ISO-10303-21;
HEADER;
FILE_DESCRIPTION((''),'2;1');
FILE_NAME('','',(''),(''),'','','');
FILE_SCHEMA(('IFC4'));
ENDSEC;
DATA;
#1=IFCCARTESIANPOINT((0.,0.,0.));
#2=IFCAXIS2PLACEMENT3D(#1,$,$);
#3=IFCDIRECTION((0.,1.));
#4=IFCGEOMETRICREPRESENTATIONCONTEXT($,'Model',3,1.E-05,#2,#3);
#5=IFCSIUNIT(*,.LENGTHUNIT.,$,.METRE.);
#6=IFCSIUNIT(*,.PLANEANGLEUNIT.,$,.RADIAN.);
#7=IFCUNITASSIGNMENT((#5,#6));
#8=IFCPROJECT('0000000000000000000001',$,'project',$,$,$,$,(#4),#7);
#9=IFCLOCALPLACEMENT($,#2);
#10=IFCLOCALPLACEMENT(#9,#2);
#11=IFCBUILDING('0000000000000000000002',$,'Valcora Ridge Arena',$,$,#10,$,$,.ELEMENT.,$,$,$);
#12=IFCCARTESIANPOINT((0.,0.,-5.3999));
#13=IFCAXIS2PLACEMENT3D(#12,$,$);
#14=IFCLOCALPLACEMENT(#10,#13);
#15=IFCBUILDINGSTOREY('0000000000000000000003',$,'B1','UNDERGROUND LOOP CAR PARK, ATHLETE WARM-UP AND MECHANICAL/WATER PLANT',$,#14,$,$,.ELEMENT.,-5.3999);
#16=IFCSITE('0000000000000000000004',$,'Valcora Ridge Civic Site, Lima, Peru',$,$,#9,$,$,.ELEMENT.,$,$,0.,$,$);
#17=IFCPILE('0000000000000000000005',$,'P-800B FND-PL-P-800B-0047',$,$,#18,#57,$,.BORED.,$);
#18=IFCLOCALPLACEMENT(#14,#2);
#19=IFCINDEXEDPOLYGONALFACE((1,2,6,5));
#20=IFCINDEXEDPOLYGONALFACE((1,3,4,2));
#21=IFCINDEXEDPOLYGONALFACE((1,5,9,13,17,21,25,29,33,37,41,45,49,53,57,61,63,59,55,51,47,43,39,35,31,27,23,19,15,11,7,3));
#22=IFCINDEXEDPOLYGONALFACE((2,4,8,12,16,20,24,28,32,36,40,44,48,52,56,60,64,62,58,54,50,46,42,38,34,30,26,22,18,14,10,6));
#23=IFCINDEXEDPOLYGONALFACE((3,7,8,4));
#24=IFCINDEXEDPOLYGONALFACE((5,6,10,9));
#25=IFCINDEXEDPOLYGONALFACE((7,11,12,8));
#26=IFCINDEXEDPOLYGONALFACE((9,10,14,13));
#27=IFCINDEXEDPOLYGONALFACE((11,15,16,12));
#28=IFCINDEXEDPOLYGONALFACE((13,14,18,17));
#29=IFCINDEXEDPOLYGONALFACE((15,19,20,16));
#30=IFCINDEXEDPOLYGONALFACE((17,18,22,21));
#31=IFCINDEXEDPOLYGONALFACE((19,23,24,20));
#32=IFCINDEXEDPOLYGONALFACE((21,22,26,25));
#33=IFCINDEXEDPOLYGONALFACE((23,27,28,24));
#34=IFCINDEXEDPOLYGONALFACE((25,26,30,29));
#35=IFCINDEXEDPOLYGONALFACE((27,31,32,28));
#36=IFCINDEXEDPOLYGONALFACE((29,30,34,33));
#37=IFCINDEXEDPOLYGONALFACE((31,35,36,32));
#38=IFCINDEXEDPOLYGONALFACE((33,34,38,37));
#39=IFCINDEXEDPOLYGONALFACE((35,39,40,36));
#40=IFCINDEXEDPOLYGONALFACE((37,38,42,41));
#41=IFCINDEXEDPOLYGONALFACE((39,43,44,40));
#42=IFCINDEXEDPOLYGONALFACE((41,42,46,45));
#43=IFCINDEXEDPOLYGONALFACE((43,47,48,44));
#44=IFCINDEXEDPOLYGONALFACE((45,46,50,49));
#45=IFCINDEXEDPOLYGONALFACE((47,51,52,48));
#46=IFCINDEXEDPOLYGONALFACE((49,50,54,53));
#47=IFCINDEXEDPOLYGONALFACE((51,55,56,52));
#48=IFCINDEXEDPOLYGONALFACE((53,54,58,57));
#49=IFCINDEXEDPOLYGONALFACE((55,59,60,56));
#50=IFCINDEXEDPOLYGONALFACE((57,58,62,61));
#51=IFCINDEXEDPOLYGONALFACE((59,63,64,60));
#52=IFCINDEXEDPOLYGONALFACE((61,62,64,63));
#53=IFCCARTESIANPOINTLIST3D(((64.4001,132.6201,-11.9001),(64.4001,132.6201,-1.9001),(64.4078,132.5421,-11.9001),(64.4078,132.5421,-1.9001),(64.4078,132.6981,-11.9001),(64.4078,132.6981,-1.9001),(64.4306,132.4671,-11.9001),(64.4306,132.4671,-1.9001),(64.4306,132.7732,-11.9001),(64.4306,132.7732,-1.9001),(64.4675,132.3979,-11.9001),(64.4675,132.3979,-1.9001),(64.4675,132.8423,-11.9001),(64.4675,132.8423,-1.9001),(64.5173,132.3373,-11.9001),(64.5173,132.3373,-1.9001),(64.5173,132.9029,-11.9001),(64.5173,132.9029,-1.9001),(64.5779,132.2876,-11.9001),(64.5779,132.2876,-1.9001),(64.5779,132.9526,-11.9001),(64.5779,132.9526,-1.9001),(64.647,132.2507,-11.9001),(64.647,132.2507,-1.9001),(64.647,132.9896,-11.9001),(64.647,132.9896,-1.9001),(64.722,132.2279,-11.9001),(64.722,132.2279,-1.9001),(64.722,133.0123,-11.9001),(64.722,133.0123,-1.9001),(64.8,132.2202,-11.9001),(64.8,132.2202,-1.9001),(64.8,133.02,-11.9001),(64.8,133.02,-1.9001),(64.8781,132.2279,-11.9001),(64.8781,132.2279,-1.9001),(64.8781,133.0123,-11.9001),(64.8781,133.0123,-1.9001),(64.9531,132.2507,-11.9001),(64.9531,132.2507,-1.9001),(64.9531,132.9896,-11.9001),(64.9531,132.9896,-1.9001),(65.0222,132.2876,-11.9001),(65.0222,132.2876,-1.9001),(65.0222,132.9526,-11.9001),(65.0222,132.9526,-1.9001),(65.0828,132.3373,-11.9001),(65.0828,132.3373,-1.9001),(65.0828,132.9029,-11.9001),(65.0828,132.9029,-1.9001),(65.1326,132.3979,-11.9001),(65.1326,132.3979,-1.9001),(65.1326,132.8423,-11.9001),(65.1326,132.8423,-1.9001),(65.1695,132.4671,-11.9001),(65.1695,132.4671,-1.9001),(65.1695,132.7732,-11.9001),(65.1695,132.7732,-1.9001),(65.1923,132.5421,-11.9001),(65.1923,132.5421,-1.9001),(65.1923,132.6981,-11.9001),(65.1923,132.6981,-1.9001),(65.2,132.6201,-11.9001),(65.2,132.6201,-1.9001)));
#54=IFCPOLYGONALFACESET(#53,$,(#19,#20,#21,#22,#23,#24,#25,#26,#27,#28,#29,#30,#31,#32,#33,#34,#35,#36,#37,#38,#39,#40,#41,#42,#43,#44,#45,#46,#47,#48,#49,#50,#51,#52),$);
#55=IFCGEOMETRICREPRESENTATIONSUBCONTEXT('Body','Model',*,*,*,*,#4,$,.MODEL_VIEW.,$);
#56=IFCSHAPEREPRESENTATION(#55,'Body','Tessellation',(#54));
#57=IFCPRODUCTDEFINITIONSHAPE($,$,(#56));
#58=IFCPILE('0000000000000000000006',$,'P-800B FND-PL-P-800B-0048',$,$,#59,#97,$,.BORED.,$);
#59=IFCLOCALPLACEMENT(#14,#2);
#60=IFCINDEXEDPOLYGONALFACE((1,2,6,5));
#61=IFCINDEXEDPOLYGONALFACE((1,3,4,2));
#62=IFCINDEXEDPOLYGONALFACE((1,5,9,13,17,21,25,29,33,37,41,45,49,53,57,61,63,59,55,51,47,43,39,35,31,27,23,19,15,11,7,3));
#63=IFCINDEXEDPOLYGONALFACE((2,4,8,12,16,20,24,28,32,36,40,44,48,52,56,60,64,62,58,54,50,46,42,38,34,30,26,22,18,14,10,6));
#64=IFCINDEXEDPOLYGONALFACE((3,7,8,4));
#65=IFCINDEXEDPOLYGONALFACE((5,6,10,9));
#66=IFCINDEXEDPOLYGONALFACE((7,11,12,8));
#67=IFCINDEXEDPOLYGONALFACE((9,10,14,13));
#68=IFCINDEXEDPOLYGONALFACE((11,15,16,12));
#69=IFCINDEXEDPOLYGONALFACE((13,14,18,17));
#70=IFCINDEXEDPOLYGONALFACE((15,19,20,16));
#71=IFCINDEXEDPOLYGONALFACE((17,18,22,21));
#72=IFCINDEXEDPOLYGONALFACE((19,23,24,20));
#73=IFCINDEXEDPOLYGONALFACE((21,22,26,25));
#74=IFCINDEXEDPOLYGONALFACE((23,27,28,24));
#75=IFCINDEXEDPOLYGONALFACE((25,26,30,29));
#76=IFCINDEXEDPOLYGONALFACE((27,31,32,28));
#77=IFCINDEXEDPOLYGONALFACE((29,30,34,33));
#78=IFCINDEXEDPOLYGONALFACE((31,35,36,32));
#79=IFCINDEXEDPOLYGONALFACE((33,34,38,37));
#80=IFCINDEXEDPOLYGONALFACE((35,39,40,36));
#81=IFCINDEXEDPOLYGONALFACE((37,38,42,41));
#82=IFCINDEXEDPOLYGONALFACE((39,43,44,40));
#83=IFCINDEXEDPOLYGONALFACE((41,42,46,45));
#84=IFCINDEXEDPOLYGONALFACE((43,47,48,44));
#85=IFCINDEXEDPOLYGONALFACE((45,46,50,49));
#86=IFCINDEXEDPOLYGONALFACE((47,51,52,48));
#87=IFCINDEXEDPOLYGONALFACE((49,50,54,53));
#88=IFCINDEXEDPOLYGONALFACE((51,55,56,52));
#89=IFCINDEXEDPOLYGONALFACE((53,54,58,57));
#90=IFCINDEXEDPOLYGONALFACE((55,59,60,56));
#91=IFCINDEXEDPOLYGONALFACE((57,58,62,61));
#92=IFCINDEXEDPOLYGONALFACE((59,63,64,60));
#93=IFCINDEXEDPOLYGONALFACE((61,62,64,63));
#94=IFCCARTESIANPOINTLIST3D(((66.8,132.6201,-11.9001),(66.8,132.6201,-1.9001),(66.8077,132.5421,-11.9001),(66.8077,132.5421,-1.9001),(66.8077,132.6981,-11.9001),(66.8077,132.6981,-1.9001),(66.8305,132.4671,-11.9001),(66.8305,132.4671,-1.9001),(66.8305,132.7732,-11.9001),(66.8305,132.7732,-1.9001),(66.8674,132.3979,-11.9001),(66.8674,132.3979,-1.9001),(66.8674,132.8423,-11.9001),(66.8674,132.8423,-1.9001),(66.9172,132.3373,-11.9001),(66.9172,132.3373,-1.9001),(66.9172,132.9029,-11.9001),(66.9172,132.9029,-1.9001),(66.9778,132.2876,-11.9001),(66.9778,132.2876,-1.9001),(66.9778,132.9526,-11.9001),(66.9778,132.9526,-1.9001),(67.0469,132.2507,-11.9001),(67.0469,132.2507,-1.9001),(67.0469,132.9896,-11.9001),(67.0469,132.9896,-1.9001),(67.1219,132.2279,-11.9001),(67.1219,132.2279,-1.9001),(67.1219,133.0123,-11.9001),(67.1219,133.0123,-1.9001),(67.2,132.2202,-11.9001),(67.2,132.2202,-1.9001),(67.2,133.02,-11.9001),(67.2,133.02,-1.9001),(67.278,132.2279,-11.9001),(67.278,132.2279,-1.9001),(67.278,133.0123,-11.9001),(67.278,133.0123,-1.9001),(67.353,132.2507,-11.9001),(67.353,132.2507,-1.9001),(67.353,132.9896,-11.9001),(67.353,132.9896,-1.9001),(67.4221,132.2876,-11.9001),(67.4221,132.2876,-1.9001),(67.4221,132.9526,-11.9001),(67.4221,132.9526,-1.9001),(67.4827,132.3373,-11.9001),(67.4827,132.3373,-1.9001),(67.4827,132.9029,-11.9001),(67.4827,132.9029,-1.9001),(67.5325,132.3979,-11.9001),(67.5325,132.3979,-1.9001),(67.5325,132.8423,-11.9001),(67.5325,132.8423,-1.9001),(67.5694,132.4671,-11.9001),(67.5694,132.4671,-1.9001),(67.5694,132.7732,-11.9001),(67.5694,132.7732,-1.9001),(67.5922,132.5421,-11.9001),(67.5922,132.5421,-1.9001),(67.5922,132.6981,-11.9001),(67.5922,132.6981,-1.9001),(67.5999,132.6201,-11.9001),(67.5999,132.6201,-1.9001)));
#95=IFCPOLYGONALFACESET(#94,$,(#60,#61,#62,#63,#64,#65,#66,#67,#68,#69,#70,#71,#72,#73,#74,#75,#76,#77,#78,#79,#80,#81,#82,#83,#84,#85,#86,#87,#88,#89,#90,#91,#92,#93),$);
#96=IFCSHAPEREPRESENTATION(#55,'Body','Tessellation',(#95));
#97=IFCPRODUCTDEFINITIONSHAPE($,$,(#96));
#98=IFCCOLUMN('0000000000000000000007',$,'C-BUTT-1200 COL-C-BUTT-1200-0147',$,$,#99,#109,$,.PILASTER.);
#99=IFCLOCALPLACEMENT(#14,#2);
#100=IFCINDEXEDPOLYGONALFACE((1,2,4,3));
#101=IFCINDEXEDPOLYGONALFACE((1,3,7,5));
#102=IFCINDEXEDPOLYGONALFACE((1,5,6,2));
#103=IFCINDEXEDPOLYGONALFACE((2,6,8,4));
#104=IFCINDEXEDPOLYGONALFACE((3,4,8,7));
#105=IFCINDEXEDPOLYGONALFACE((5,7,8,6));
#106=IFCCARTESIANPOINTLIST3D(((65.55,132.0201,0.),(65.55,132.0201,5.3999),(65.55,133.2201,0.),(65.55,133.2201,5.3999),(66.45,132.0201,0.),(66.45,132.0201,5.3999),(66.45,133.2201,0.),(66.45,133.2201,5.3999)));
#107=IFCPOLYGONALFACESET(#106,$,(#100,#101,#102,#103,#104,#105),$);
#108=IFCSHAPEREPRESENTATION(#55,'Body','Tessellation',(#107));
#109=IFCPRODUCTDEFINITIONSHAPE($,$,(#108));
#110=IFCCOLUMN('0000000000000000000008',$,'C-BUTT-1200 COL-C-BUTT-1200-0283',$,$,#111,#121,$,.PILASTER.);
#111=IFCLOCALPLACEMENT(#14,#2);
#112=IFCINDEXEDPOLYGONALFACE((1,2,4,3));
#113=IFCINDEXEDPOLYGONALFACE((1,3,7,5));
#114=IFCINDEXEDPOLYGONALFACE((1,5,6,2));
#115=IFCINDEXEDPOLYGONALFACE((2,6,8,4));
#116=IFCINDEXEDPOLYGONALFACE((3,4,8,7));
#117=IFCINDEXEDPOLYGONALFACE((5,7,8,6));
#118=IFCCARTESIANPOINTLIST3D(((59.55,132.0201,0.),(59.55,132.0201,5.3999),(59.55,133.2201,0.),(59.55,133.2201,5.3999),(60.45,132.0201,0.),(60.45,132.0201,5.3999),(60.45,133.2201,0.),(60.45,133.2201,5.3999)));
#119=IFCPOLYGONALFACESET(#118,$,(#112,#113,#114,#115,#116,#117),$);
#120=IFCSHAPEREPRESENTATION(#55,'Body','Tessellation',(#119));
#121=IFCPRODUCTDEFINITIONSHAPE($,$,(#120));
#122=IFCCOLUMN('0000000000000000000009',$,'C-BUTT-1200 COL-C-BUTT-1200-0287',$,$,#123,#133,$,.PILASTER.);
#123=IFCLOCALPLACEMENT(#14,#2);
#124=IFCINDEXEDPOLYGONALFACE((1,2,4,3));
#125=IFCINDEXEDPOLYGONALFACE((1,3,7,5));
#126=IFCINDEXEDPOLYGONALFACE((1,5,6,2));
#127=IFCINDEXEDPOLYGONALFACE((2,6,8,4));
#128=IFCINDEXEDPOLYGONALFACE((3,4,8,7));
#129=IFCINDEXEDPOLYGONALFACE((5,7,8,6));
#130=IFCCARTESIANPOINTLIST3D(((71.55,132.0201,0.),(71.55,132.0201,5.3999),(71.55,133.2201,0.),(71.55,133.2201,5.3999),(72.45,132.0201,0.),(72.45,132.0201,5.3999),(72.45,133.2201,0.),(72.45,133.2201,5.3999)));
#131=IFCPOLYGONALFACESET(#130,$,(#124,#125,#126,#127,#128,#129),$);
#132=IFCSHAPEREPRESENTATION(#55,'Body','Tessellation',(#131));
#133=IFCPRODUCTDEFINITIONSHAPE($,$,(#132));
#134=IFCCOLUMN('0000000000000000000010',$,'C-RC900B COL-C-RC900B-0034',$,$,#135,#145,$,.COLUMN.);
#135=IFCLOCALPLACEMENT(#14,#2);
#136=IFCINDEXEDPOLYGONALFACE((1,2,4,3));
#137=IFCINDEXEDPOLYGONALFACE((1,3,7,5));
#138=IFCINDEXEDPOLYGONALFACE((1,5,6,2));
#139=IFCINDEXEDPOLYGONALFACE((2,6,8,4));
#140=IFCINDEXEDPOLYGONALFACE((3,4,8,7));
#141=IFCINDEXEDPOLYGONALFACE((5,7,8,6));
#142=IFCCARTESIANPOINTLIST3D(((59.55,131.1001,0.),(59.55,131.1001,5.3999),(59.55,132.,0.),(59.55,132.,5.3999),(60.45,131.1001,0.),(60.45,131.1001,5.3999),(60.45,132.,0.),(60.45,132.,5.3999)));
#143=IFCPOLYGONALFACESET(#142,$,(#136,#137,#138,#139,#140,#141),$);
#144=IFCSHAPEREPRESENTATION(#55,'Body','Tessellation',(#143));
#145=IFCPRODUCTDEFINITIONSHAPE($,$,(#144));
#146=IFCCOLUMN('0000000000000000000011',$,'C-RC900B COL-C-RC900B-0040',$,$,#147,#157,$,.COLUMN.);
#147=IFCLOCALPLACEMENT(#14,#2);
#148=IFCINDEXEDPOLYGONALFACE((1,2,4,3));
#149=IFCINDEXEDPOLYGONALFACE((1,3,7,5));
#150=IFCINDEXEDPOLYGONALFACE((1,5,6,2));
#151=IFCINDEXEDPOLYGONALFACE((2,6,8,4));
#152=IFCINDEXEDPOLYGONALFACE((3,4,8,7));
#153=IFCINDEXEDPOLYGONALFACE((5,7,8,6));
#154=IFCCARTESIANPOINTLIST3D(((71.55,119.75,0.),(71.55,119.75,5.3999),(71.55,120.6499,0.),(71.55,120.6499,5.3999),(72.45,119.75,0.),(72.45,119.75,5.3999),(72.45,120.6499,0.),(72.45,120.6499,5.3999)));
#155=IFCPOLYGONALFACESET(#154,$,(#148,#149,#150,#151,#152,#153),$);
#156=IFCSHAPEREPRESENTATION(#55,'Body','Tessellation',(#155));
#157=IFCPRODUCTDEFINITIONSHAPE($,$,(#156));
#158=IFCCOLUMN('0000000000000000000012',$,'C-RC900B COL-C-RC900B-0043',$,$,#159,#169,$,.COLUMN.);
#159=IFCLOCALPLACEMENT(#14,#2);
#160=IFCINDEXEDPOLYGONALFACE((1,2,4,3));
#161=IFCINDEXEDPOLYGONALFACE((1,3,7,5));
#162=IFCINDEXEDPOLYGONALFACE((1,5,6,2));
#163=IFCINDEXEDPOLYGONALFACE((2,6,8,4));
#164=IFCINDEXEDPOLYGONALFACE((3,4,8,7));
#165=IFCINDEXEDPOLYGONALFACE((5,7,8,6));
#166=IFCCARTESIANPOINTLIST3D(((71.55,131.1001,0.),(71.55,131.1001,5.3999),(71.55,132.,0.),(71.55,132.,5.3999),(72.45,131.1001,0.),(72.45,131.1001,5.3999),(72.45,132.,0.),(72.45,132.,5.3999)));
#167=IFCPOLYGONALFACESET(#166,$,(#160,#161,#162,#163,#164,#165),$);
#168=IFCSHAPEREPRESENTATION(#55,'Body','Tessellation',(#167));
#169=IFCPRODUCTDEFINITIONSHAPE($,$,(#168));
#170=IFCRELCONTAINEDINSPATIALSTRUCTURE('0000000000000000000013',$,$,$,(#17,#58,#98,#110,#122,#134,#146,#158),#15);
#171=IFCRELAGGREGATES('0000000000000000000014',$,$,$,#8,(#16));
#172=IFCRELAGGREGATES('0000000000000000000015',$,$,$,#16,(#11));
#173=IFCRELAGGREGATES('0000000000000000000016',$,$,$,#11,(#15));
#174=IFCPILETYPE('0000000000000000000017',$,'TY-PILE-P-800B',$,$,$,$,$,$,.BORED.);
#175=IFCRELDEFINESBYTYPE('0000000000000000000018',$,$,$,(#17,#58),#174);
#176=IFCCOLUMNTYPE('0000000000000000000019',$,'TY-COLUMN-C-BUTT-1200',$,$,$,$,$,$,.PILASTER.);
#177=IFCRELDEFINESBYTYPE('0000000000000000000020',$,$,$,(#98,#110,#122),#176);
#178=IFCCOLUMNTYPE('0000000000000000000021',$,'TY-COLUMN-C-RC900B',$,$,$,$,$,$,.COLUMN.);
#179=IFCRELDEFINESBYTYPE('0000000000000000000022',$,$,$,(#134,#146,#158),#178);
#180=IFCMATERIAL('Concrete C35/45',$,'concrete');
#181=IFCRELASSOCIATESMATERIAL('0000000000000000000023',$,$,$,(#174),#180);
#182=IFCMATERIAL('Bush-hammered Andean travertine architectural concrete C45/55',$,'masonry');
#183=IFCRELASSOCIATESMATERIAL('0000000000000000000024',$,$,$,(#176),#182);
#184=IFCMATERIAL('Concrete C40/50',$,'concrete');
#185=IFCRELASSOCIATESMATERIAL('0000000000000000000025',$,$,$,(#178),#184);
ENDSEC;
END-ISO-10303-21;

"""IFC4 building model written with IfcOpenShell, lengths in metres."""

from ifc_helpers import new_model, si_unit, direction, frame, origin, origin_2d, place, context, subcontext, project, spatial, rectangle, circle, extrude, material, material_profile, profile_set, type_object, element, save


model = new_model("IFC4")

# Units and contexts
model_context = context("Model", 3, precision=1e-05, world=origin(), true_north=direction((0.0, 1.0)))
body_context = subcontext(model_context, "Body", "Model", "MODEL_VIEW")
ifc_project = project(units=[si_unit("LENGTHUNIT", "METRE"), si_unit("PLANEANGLEUNIT", "RADIAN")], contexts=[model_context])

# Site, building, storey
site_placement = place(None, origin())
site = spatial("IfcSite", under=ifc_project, at=site_placement, Name="Valcora Ridge Civic Site, Lima, Peru", CompositionType="ELEMENT", RefElevation=0.0)
building_placement = place(site_placement, origin())
building = spatial("IfcBuilding", under=site, at=building_placement, Name="Valcora Ridge Arena", CompositionType="ELEMENT")
storey_placement = place(building_placement, frame((0.0, 0.0, -5.3999)))
storey = spatial("IfcBuildingStorey", under=building, at=storey_placement, Name="B1", Description="UNDERGROUND LOOP CAR PARK, ATHLETE WARM-UP AND MECHANICAL/WATER PLANT", CompositionType="ELEMENT", Elevation=-5.3999)

# Shared definitions
ifc_material_1 = material(Name="Concrete C40/50", Category="concrete")

# Piles
ifc_material_2 = material(Name="Concrete C35/45", Category="concrete")
ifc_material_profile_1 = material_profile(ifc_material_2, circle(Radius=0.3999, at=origin_2d()), Name="BORED PILE D800")
ifc_profile_set_1 = profile_set([ifc_material_profile_1], Name="Concrete C35/45")
pile_type_1 = type_object("IfcPileType", Name="TY-PILE-P-800B", PredefinedType="BORED", material=ifc_profile_set_1)
for number, where, z_axis, x_axis, name in (
    (1, (64.8, 132.6201, -1.9001), (0.0, 0.0, -1.0), (1.0, 0.0, 0.0), "P-800B FND-PL-P-800B-0047"),
    (2, (67.2, 132.6201, -1.9001), (0.0, 0.0, -1.0), (1.0, 0.0, 0.0), "P-800B FND-PL-P-800B-0048"),
):
    element("IfcPile", number, at=place(storey_placement, frame(where, z_axis=z_axis, x_axis=x_axis)), inside=storey, type_object=pile_type_1, Name=name, PredefinedType="BORED", context=body_context, shape_type="SweptSolid", body=[
        extrude(circle(Radius=0.3999, at=origin_2d()), origin(), (0.0, 0.0, 1.0), 10.0),
    ])

# Columns
ifc_material_3 = material(Name="Bush-hammered Andean travertine architectural concrete C45/55", Category="masonry")
ifc_material_profile_2 = material_profile(ifc_material_3, rectangle(XDim=0.8999, YDim=1.2, at=origin_2d()), Name="RC 900x1200")
ifc_profile_set_2 = profile_set([ifc_material_profile_2], Name="Bush-hammered Andean travertine architectural concrete C45/55")
column_type_1 = type_object("IfcColumnType", Name="TY-COLUMN-C-BUTT-1200", PredefinedType="PILASTER", material=ifc_profile_set_2)
for number, where, z_axis, x_axis, name in (
    (3, (66.0, 132.6201, 0.0), (0.0, 0.0, 1.0), (1.0, 0.0, 0.0), "C-BUTT-1200 COL-C-BUTT-1200-0147"),
    (4, (60.0, 132.6201, 0.0), (0.0, 0.0, 1.0), (1.0, 0.0, 0.0), "C-BUTT-1200 COL-C-BUTT-1200-0283"),
    (5, (72.0, 132.6201, 0.0), (0.0, 0.0, 1.0), (1.0, 0.0, 0.0), "C-BUTT-1200 COL-C-BUTT-1200-0287"),
):
    element("IfcColumn", number, at=place(storey_placement, frame(where, z_axis=z_axis, x_axis=x_axis)), inside=storey, type_object=column_type_1, Name=name, PredefinedType="PILASTER", context=body_context, shape_type="SweptSolid", body=[
        extrude(rectangle(XDim=0.8999, YDim=1.2, at=origin_2d()), origin(), (0.0, 0.0, 1.0), 5.3999),
    ])
ifc_material_profile_3 = material_profile(ifc_material_1, rectangle(XDim=0.8999, YDim=0.8999, at=origin_2d()), Name="RC 900x900")
ifc_profile_set_3 = profile_set([ifc_material_profile_3], Name="Concrete C40/50")
column_type_2 = type_object("IfcColumnType", Name="TY-COLUMN-C-RC900B", PredefinedType="COLUMN", material=ifc_profile_set_3)
for number, where, z_axis, x_axis, name in (
    (6, (60.0, 131.55, 0.0), (0.0, 0.0, 1.0), (1.0, 0.0, 0.0), "C-RC900B COL-C-RC900B-0034"),
    (7, (72.0, 120.2, 0.0), (0.0, 0.0, 1.0), (1.0, 0.0, 0.0), "C-RC900B COL-C-RC900B-0040"),
    (8, (72.0, 131.55, 0.0), (0.0, 0.0, 1.0), (1.0, 0.0, 0.0), "C-RC900B COL-C-RC900B-0043"),
):
    element("IfcColumn", number, at=place(storey_placement, frame(where, z_axis=z_axis, x_axis=x_axis)), inside=storey, type_object=column_type_2, Name=name, PredefinedType="COLUMN", context=body_context, shape_type="SweptSolid", body=[
        extrude(rectangle(XDim=0.8999, YDim=0.8999, at=origin_2d()), origin(), (0.0, 0.0, 1.0), 5.3999),
    ])

save(model, "model.ifc")
